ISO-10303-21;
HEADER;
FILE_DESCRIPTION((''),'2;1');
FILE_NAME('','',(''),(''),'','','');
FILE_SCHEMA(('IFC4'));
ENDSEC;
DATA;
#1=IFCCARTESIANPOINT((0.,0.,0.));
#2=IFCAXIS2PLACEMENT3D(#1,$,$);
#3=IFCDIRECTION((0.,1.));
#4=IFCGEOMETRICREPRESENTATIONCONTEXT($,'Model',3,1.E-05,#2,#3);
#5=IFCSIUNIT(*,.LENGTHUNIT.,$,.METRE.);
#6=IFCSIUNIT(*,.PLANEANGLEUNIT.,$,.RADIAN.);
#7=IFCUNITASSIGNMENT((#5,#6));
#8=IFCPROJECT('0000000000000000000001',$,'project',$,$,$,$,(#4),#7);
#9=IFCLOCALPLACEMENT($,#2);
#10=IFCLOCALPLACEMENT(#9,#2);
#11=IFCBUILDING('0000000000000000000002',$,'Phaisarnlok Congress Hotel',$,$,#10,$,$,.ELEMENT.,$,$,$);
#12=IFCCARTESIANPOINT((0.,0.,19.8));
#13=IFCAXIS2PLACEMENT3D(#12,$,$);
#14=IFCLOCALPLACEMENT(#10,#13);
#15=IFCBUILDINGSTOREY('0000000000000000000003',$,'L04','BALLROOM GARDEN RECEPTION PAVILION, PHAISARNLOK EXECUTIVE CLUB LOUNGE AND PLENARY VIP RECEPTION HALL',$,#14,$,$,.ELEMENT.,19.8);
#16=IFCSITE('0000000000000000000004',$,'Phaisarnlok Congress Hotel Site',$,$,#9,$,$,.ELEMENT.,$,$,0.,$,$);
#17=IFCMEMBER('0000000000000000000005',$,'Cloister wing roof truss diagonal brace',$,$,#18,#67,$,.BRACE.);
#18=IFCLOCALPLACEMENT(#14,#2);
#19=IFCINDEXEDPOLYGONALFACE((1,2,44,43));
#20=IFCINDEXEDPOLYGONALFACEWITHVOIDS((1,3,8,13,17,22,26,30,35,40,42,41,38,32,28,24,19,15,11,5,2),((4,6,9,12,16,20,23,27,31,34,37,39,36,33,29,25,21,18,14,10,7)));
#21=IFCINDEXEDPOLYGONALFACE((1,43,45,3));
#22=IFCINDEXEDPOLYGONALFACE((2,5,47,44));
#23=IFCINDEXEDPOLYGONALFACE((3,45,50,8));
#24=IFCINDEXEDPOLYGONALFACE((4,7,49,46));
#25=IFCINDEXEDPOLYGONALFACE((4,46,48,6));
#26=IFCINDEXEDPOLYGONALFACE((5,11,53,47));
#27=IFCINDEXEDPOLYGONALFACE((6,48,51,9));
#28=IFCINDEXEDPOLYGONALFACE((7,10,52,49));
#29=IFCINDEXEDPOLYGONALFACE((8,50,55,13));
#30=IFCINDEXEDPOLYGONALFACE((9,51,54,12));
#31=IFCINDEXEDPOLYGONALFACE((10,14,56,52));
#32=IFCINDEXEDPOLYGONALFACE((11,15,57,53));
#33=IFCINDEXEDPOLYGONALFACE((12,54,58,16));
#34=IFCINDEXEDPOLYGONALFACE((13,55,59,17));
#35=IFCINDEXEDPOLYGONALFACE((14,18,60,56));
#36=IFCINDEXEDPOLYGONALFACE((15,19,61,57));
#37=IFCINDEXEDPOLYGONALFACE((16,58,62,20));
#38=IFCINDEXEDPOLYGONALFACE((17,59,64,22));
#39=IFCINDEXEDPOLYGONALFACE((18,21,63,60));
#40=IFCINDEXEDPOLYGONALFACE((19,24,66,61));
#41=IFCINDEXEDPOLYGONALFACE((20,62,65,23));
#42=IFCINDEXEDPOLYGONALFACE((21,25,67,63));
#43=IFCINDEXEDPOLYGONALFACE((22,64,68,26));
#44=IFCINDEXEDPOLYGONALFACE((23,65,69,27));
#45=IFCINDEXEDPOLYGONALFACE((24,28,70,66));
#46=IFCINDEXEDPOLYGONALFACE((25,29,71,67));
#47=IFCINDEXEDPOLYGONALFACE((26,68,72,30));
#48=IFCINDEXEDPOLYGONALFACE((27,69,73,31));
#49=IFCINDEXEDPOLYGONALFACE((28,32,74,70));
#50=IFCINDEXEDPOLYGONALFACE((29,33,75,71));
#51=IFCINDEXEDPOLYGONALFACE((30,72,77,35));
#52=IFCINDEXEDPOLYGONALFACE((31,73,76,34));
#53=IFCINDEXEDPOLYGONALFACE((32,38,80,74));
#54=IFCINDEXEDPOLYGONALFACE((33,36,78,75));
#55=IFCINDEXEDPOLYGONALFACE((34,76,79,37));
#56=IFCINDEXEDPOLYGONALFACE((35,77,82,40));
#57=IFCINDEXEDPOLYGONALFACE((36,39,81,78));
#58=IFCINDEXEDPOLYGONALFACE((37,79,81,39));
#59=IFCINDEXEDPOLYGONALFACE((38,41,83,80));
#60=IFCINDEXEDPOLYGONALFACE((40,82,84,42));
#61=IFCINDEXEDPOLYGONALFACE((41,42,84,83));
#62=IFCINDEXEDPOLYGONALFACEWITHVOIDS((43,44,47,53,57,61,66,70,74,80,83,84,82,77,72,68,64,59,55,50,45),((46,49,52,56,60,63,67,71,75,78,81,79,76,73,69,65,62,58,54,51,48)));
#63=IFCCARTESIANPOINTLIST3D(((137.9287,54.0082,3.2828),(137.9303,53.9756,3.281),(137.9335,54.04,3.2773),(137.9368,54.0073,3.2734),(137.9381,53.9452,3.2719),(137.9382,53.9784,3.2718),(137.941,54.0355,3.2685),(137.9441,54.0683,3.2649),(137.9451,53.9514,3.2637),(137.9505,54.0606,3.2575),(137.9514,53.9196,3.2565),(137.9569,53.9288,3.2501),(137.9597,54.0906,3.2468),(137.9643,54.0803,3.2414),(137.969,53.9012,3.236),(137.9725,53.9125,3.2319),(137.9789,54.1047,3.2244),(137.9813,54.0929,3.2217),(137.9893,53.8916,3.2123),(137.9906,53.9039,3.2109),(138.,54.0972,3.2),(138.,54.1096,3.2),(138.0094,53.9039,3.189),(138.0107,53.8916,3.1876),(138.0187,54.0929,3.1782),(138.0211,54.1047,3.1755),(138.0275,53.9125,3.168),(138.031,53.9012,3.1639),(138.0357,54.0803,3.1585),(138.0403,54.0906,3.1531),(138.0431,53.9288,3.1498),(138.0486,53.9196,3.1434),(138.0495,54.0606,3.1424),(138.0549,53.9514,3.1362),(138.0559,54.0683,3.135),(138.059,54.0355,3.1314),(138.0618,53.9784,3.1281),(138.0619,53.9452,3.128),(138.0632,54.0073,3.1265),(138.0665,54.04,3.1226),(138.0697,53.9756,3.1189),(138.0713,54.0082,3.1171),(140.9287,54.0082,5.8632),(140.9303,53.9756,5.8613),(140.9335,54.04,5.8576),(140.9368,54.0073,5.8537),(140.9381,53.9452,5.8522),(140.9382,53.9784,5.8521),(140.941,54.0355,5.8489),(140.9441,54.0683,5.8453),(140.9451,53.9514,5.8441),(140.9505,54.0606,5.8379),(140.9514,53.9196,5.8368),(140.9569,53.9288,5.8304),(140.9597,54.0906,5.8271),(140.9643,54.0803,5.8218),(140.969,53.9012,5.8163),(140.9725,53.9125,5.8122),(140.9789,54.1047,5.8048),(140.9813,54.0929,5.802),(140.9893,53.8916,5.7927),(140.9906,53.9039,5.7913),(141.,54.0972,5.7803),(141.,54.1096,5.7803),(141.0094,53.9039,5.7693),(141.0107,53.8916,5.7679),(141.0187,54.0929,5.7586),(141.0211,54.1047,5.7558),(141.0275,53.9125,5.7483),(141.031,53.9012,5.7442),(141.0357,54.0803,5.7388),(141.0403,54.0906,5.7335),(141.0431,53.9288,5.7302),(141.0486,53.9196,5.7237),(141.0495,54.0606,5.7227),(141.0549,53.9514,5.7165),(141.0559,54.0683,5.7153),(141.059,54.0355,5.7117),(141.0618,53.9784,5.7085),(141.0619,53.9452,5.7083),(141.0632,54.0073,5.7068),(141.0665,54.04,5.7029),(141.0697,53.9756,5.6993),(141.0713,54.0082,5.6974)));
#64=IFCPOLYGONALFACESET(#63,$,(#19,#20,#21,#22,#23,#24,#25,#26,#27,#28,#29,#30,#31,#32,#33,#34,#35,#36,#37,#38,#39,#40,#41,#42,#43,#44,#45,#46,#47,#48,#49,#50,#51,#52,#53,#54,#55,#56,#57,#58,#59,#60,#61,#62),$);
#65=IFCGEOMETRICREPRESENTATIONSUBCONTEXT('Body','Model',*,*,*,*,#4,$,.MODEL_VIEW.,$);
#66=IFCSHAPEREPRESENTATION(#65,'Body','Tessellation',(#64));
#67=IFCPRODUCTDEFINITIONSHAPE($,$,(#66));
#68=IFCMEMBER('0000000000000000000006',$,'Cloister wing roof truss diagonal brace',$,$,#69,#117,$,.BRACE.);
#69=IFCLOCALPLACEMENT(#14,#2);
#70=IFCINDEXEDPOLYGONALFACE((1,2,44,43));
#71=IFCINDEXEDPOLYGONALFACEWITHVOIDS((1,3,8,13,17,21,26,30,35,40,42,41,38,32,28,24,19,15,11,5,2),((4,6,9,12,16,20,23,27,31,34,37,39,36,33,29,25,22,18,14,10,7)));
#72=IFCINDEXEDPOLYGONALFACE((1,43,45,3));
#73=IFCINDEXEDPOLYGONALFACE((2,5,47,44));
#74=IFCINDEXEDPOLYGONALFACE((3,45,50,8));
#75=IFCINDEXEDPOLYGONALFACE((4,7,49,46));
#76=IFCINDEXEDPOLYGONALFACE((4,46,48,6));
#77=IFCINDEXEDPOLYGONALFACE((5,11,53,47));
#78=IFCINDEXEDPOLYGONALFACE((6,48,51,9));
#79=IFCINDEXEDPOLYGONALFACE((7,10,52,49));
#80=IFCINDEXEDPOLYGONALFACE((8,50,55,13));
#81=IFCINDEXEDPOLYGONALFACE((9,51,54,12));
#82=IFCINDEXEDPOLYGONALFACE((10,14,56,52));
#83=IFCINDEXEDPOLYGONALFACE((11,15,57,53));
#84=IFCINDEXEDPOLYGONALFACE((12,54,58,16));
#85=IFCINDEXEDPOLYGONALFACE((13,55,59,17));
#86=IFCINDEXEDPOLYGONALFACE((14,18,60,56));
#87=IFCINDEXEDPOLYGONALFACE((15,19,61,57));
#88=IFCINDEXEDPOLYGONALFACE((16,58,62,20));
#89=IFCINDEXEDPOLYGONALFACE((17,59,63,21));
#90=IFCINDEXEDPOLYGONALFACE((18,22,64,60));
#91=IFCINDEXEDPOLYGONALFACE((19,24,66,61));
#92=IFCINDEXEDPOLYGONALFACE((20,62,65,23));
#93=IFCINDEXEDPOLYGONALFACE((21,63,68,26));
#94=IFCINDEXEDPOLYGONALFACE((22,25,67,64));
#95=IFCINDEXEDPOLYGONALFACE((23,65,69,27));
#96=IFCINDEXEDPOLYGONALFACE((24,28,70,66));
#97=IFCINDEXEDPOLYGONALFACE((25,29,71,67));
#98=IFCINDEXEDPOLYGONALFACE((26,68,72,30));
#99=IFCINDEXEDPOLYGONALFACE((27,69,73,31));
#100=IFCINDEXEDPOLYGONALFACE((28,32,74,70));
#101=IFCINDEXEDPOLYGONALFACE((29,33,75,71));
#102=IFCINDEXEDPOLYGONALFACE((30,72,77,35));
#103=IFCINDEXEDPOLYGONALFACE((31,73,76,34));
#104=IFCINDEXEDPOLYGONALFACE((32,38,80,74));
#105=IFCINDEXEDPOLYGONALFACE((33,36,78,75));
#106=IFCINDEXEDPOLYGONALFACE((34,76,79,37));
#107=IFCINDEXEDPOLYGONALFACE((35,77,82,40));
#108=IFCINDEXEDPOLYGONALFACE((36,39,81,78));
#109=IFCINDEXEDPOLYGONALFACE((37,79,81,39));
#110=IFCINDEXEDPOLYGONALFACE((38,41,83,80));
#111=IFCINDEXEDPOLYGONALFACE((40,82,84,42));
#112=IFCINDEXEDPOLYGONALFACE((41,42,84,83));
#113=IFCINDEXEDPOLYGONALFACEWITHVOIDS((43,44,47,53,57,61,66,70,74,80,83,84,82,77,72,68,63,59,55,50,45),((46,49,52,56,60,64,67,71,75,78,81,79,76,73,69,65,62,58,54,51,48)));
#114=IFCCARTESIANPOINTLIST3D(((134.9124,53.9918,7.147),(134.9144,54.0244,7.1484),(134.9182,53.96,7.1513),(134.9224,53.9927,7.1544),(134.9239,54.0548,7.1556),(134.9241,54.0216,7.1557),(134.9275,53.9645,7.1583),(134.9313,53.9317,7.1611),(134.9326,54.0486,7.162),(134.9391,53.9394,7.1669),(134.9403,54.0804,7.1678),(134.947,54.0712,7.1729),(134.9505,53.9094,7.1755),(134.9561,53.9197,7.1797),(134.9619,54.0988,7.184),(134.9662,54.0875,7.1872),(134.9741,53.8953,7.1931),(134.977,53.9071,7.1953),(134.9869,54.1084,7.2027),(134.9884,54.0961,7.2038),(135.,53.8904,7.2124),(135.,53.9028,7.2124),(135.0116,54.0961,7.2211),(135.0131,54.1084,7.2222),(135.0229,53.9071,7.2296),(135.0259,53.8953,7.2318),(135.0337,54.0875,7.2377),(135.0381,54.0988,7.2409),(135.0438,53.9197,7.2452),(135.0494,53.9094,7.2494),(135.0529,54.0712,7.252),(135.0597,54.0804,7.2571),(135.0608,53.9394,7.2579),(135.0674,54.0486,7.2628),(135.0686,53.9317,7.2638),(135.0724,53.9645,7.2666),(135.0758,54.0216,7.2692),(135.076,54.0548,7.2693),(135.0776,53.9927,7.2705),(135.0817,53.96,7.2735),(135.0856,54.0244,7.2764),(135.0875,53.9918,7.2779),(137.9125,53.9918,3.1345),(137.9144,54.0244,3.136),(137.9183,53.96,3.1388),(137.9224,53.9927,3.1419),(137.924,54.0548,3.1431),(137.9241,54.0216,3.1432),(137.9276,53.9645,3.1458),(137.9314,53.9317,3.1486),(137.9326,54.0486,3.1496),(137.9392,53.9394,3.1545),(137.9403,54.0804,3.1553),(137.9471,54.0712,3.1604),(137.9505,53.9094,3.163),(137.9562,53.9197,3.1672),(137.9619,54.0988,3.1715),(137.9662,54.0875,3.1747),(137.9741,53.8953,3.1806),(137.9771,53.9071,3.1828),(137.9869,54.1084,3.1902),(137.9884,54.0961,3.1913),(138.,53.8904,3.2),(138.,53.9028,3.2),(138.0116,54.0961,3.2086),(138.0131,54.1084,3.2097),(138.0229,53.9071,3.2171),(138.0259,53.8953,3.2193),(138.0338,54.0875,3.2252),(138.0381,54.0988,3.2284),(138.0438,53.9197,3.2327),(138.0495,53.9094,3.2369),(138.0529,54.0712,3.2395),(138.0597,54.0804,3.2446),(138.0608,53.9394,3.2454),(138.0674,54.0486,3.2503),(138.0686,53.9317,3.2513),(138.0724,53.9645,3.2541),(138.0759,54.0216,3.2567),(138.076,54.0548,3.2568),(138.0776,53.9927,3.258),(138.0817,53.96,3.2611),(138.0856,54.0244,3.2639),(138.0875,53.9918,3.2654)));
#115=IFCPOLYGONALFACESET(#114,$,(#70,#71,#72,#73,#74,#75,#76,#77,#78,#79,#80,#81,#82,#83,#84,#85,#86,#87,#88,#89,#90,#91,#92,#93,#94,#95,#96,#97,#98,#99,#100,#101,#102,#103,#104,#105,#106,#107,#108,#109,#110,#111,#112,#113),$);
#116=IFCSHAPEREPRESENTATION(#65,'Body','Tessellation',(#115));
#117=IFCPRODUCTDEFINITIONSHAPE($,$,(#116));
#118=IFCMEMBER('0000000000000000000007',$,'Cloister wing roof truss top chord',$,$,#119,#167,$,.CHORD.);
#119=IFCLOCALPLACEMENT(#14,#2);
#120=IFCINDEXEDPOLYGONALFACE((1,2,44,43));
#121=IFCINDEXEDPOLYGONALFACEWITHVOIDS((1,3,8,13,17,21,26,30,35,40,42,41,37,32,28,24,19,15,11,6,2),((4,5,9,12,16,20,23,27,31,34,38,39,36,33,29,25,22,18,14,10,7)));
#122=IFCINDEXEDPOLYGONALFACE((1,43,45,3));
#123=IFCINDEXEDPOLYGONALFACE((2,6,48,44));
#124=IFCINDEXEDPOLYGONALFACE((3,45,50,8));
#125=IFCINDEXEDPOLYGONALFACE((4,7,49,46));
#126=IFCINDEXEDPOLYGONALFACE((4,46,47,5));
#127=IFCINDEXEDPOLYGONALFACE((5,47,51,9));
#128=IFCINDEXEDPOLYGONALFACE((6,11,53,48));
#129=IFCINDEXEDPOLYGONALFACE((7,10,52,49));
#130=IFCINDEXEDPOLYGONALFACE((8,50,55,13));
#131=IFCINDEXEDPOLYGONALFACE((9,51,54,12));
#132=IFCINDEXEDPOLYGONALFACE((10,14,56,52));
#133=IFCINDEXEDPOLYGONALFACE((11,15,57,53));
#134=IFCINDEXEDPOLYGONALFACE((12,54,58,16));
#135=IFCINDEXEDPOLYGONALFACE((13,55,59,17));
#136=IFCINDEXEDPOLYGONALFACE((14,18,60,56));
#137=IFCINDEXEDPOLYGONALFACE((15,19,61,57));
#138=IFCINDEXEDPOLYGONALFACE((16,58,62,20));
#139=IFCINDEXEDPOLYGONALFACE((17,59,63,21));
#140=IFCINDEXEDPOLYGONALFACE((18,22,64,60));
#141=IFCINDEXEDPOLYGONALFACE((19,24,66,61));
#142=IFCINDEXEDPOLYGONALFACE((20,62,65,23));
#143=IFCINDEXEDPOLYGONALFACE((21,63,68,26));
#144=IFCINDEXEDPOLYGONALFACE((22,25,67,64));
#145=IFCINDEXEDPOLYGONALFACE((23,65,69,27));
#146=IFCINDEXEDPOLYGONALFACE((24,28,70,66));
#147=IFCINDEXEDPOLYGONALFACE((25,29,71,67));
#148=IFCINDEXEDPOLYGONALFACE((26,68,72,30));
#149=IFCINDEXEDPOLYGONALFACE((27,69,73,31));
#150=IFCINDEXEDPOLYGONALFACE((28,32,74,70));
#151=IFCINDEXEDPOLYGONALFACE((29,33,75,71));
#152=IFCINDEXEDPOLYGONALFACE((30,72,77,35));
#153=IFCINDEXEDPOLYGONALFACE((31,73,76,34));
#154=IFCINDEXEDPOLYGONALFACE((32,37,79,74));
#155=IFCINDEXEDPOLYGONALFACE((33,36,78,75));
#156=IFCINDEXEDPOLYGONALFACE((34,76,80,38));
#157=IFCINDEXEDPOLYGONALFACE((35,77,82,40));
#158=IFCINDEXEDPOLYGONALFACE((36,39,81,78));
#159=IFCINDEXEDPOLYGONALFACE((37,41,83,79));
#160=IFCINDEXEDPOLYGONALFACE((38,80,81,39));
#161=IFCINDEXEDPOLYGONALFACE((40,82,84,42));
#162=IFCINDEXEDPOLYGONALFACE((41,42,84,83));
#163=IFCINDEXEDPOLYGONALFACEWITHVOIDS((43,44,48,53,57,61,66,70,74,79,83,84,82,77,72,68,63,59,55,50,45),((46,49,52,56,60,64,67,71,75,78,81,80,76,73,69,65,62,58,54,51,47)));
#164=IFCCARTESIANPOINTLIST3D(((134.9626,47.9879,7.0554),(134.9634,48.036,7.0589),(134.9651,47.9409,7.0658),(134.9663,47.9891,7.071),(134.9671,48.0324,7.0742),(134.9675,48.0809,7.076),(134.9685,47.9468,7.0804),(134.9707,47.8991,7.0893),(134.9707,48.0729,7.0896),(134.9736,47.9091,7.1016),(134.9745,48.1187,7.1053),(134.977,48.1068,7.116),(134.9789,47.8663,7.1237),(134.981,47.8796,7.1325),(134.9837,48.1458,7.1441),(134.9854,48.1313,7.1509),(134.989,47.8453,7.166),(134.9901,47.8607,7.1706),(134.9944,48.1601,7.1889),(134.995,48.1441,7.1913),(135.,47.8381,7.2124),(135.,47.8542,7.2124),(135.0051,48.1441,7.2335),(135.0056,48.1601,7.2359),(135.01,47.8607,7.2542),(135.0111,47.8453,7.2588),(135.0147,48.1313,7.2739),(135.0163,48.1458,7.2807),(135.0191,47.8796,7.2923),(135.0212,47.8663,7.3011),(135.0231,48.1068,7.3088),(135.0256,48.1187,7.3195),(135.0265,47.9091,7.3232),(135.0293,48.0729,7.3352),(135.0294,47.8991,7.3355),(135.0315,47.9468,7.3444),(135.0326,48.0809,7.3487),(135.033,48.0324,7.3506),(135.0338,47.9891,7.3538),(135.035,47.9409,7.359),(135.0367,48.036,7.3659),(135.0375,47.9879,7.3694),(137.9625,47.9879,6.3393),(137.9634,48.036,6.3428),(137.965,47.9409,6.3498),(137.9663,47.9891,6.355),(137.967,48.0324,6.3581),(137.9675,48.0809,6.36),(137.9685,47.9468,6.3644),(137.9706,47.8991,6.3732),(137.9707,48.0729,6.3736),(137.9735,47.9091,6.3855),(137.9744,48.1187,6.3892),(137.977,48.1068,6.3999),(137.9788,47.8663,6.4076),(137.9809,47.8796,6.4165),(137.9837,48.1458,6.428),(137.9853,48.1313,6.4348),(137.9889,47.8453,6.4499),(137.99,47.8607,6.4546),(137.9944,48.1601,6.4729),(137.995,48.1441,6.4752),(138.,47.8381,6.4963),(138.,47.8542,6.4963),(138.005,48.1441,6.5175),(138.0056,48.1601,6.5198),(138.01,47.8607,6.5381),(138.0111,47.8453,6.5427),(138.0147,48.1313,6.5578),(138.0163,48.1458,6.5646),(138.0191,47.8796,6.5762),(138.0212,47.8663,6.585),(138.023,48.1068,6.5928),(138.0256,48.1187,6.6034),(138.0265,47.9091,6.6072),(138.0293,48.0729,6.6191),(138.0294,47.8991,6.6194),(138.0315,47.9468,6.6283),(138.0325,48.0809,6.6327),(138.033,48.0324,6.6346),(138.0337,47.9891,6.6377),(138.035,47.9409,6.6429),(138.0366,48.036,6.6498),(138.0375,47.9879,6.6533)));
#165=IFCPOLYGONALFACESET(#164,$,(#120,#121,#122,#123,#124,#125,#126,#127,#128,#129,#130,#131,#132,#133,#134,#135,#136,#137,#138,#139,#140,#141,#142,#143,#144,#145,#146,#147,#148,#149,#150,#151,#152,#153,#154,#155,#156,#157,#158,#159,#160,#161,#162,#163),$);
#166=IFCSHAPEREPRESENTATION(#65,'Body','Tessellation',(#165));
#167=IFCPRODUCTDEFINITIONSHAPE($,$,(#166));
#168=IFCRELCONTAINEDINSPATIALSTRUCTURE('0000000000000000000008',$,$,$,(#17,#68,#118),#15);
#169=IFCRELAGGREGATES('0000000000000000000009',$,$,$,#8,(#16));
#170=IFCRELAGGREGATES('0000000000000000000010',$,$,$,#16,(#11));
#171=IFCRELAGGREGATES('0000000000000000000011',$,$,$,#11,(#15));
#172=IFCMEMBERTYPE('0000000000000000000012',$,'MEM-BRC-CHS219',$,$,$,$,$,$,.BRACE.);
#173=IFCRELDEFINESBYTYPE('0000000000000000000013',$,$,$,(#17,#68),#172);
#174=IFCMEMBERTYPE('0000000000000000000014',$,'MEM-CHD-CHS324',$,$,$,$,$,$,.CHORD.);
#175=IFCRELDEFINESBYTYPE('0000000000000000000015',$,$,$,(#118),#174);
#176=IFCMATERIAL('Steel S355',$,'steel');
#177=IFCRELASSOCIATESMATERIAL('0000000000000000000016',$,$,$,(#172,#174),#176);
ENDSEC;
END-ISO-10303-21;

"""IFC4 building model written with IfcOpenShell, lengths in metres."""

from ifc_helpers import new_model, si_unit, direction, frame, origin, origin_2d, place, context, subcontext, project, spatial, hollow_circle, extrude, material, material_profile, profile_set, type_object, element, save


model = new_model("IFC4")

# Units and contexts
model_context = context("Model", 3, precision=1e-05, world=origin(), true_north=direction((0.0, 1.0)))
body_context = subcontext(model_context, "Body", "Model", "MODEL_VIEW")
ifc_project = project(units=[si_unit("LENGTHUNIT", "METRE"), si_unit("PLANEANGLEUNIT", "RADIAN")], contexts=[model_context])

# Site, building, storey
site_placement = place(None, origin())
site = spatial("IfcSite", under=ifc_project, at=site_placement, Name="Phaisarnlok Congress Hotel Site", CompositionType="ELEMENT", RefElevation=0.0)
building_placement = place(site_placement, origin())
building = spatial("IfcBuilding", under=site, at=building_placement, Name="Phaisarnlok Congress Hotel", CompositionType="ELEMENT")
storey_placement = place(building_placement, frame((0.0, 0.0, 19.8)))
storey = spatial("IfcBuildingStorey", under=building, at=storey_placement, Name="L04", Description="BALLROOM GARDEN RECEPTION PAVILION, PHAISARNLOK EXECUTIVE CLUB LOUNGE AND PLENARY VIP RECEPTION HALL", CompositionType="ELEMENT", Elevation=19.8)

# Shared definitions
ifc_material_1 = material(Name="Steel S355", Category="steel")

# Members
ifc_material_profile_1 = material_profile(ifc_material_1, hollow_circle(Radius=0.1096, WallThickness=0.0125, at=origin_2d()), Name="CHS 219.1x12.5")
ifc_profile_set_1 = profile_set([ifc_material_profile_1], Name="Steel S355")
member_type_1 = type_object("IfcMemberType", Name="MEM-BRC-CHS219", PredefinedType="BRACE", material=ifc_profile_set_1)
member_1_placement = place(storey_placement, frame((138.0, 54.0, 3.2), z_axis=(0.758145, 0.0, 0.652086), x_axis=(0.0, 1.0, 0.0)))
element("IfcMember", 1, at=member_1_placement, inside=storey, type_object=member_type_1, Name="Cloister wing roof truss diagonal brace", PredefinedType="BRACE", context=body_context, shape_type="SweptSolid", body=[
    extrude(hollow_circle(Radius=0.1096, WallThickness=0.0125, at=origin_2d()), origin(), (0.0, 0.0, 1.0), 3.957),
])
member_2_placement = place(storey_placement, frame((138.0, 54.0, 3.2), z_axis=(-0.598806, 0.0, 0.800894), x_axis=(0.0, -1.0, 0.0)))
element("IfcMember", 2, at=member_2_placement, inside=storey, type_object=member_type_1, Name="Cloister wing roof truss diagonal brace", PredefinedType="BRACE", context=body_context, shape_type="SweptSolid", body=[
    extrude(hollow_circle(Radius=0.1096, WallThickness=0.0125, at=origin_2d()), origin(), (0.0, 0.0, 1.0), 5.01),
])
ifc_material_profile_2 = material_profile(ifc_material_1, hollow_circle(Radius=0.1619, WallThickness=0.0161, at=origin_2d()), Name="CHS 323.9x16")
ifc_profile_set_2 = profile_set([ifc_material_profile_2], Name="Steel S355")
member_type_2 = type_object("IfcMemberType", Name="MEM-CHD-CHS324", PredefinedType="CHORD", material=ifc_profile_set_2)
for number, where, z_axis, x_axis, name in (
    (3, (138.0, 48.0, 6.4963), (-0.972676, 0.0, 0.232166), (0.0, -1.0, 0.0), "Cloister wing roof truss top chord"),
):
    element("IfcMember", number, at=place(storey_placement, frame(where, z_axis=z_axis, x_axis=x_axis)), inside=storey, type_object=member_type_2, Name=name, PredefinedType="CHORD", context=body_context, shape_type="SweptSolid", body=[
        extrude(hollow_circle(Radius=0.1619, WallThickness=0.0161, at=origin_2d()), origin(), (0.0, 0.0, 1.0), 3.0842),
    ])

save(model, "model.ifc")
